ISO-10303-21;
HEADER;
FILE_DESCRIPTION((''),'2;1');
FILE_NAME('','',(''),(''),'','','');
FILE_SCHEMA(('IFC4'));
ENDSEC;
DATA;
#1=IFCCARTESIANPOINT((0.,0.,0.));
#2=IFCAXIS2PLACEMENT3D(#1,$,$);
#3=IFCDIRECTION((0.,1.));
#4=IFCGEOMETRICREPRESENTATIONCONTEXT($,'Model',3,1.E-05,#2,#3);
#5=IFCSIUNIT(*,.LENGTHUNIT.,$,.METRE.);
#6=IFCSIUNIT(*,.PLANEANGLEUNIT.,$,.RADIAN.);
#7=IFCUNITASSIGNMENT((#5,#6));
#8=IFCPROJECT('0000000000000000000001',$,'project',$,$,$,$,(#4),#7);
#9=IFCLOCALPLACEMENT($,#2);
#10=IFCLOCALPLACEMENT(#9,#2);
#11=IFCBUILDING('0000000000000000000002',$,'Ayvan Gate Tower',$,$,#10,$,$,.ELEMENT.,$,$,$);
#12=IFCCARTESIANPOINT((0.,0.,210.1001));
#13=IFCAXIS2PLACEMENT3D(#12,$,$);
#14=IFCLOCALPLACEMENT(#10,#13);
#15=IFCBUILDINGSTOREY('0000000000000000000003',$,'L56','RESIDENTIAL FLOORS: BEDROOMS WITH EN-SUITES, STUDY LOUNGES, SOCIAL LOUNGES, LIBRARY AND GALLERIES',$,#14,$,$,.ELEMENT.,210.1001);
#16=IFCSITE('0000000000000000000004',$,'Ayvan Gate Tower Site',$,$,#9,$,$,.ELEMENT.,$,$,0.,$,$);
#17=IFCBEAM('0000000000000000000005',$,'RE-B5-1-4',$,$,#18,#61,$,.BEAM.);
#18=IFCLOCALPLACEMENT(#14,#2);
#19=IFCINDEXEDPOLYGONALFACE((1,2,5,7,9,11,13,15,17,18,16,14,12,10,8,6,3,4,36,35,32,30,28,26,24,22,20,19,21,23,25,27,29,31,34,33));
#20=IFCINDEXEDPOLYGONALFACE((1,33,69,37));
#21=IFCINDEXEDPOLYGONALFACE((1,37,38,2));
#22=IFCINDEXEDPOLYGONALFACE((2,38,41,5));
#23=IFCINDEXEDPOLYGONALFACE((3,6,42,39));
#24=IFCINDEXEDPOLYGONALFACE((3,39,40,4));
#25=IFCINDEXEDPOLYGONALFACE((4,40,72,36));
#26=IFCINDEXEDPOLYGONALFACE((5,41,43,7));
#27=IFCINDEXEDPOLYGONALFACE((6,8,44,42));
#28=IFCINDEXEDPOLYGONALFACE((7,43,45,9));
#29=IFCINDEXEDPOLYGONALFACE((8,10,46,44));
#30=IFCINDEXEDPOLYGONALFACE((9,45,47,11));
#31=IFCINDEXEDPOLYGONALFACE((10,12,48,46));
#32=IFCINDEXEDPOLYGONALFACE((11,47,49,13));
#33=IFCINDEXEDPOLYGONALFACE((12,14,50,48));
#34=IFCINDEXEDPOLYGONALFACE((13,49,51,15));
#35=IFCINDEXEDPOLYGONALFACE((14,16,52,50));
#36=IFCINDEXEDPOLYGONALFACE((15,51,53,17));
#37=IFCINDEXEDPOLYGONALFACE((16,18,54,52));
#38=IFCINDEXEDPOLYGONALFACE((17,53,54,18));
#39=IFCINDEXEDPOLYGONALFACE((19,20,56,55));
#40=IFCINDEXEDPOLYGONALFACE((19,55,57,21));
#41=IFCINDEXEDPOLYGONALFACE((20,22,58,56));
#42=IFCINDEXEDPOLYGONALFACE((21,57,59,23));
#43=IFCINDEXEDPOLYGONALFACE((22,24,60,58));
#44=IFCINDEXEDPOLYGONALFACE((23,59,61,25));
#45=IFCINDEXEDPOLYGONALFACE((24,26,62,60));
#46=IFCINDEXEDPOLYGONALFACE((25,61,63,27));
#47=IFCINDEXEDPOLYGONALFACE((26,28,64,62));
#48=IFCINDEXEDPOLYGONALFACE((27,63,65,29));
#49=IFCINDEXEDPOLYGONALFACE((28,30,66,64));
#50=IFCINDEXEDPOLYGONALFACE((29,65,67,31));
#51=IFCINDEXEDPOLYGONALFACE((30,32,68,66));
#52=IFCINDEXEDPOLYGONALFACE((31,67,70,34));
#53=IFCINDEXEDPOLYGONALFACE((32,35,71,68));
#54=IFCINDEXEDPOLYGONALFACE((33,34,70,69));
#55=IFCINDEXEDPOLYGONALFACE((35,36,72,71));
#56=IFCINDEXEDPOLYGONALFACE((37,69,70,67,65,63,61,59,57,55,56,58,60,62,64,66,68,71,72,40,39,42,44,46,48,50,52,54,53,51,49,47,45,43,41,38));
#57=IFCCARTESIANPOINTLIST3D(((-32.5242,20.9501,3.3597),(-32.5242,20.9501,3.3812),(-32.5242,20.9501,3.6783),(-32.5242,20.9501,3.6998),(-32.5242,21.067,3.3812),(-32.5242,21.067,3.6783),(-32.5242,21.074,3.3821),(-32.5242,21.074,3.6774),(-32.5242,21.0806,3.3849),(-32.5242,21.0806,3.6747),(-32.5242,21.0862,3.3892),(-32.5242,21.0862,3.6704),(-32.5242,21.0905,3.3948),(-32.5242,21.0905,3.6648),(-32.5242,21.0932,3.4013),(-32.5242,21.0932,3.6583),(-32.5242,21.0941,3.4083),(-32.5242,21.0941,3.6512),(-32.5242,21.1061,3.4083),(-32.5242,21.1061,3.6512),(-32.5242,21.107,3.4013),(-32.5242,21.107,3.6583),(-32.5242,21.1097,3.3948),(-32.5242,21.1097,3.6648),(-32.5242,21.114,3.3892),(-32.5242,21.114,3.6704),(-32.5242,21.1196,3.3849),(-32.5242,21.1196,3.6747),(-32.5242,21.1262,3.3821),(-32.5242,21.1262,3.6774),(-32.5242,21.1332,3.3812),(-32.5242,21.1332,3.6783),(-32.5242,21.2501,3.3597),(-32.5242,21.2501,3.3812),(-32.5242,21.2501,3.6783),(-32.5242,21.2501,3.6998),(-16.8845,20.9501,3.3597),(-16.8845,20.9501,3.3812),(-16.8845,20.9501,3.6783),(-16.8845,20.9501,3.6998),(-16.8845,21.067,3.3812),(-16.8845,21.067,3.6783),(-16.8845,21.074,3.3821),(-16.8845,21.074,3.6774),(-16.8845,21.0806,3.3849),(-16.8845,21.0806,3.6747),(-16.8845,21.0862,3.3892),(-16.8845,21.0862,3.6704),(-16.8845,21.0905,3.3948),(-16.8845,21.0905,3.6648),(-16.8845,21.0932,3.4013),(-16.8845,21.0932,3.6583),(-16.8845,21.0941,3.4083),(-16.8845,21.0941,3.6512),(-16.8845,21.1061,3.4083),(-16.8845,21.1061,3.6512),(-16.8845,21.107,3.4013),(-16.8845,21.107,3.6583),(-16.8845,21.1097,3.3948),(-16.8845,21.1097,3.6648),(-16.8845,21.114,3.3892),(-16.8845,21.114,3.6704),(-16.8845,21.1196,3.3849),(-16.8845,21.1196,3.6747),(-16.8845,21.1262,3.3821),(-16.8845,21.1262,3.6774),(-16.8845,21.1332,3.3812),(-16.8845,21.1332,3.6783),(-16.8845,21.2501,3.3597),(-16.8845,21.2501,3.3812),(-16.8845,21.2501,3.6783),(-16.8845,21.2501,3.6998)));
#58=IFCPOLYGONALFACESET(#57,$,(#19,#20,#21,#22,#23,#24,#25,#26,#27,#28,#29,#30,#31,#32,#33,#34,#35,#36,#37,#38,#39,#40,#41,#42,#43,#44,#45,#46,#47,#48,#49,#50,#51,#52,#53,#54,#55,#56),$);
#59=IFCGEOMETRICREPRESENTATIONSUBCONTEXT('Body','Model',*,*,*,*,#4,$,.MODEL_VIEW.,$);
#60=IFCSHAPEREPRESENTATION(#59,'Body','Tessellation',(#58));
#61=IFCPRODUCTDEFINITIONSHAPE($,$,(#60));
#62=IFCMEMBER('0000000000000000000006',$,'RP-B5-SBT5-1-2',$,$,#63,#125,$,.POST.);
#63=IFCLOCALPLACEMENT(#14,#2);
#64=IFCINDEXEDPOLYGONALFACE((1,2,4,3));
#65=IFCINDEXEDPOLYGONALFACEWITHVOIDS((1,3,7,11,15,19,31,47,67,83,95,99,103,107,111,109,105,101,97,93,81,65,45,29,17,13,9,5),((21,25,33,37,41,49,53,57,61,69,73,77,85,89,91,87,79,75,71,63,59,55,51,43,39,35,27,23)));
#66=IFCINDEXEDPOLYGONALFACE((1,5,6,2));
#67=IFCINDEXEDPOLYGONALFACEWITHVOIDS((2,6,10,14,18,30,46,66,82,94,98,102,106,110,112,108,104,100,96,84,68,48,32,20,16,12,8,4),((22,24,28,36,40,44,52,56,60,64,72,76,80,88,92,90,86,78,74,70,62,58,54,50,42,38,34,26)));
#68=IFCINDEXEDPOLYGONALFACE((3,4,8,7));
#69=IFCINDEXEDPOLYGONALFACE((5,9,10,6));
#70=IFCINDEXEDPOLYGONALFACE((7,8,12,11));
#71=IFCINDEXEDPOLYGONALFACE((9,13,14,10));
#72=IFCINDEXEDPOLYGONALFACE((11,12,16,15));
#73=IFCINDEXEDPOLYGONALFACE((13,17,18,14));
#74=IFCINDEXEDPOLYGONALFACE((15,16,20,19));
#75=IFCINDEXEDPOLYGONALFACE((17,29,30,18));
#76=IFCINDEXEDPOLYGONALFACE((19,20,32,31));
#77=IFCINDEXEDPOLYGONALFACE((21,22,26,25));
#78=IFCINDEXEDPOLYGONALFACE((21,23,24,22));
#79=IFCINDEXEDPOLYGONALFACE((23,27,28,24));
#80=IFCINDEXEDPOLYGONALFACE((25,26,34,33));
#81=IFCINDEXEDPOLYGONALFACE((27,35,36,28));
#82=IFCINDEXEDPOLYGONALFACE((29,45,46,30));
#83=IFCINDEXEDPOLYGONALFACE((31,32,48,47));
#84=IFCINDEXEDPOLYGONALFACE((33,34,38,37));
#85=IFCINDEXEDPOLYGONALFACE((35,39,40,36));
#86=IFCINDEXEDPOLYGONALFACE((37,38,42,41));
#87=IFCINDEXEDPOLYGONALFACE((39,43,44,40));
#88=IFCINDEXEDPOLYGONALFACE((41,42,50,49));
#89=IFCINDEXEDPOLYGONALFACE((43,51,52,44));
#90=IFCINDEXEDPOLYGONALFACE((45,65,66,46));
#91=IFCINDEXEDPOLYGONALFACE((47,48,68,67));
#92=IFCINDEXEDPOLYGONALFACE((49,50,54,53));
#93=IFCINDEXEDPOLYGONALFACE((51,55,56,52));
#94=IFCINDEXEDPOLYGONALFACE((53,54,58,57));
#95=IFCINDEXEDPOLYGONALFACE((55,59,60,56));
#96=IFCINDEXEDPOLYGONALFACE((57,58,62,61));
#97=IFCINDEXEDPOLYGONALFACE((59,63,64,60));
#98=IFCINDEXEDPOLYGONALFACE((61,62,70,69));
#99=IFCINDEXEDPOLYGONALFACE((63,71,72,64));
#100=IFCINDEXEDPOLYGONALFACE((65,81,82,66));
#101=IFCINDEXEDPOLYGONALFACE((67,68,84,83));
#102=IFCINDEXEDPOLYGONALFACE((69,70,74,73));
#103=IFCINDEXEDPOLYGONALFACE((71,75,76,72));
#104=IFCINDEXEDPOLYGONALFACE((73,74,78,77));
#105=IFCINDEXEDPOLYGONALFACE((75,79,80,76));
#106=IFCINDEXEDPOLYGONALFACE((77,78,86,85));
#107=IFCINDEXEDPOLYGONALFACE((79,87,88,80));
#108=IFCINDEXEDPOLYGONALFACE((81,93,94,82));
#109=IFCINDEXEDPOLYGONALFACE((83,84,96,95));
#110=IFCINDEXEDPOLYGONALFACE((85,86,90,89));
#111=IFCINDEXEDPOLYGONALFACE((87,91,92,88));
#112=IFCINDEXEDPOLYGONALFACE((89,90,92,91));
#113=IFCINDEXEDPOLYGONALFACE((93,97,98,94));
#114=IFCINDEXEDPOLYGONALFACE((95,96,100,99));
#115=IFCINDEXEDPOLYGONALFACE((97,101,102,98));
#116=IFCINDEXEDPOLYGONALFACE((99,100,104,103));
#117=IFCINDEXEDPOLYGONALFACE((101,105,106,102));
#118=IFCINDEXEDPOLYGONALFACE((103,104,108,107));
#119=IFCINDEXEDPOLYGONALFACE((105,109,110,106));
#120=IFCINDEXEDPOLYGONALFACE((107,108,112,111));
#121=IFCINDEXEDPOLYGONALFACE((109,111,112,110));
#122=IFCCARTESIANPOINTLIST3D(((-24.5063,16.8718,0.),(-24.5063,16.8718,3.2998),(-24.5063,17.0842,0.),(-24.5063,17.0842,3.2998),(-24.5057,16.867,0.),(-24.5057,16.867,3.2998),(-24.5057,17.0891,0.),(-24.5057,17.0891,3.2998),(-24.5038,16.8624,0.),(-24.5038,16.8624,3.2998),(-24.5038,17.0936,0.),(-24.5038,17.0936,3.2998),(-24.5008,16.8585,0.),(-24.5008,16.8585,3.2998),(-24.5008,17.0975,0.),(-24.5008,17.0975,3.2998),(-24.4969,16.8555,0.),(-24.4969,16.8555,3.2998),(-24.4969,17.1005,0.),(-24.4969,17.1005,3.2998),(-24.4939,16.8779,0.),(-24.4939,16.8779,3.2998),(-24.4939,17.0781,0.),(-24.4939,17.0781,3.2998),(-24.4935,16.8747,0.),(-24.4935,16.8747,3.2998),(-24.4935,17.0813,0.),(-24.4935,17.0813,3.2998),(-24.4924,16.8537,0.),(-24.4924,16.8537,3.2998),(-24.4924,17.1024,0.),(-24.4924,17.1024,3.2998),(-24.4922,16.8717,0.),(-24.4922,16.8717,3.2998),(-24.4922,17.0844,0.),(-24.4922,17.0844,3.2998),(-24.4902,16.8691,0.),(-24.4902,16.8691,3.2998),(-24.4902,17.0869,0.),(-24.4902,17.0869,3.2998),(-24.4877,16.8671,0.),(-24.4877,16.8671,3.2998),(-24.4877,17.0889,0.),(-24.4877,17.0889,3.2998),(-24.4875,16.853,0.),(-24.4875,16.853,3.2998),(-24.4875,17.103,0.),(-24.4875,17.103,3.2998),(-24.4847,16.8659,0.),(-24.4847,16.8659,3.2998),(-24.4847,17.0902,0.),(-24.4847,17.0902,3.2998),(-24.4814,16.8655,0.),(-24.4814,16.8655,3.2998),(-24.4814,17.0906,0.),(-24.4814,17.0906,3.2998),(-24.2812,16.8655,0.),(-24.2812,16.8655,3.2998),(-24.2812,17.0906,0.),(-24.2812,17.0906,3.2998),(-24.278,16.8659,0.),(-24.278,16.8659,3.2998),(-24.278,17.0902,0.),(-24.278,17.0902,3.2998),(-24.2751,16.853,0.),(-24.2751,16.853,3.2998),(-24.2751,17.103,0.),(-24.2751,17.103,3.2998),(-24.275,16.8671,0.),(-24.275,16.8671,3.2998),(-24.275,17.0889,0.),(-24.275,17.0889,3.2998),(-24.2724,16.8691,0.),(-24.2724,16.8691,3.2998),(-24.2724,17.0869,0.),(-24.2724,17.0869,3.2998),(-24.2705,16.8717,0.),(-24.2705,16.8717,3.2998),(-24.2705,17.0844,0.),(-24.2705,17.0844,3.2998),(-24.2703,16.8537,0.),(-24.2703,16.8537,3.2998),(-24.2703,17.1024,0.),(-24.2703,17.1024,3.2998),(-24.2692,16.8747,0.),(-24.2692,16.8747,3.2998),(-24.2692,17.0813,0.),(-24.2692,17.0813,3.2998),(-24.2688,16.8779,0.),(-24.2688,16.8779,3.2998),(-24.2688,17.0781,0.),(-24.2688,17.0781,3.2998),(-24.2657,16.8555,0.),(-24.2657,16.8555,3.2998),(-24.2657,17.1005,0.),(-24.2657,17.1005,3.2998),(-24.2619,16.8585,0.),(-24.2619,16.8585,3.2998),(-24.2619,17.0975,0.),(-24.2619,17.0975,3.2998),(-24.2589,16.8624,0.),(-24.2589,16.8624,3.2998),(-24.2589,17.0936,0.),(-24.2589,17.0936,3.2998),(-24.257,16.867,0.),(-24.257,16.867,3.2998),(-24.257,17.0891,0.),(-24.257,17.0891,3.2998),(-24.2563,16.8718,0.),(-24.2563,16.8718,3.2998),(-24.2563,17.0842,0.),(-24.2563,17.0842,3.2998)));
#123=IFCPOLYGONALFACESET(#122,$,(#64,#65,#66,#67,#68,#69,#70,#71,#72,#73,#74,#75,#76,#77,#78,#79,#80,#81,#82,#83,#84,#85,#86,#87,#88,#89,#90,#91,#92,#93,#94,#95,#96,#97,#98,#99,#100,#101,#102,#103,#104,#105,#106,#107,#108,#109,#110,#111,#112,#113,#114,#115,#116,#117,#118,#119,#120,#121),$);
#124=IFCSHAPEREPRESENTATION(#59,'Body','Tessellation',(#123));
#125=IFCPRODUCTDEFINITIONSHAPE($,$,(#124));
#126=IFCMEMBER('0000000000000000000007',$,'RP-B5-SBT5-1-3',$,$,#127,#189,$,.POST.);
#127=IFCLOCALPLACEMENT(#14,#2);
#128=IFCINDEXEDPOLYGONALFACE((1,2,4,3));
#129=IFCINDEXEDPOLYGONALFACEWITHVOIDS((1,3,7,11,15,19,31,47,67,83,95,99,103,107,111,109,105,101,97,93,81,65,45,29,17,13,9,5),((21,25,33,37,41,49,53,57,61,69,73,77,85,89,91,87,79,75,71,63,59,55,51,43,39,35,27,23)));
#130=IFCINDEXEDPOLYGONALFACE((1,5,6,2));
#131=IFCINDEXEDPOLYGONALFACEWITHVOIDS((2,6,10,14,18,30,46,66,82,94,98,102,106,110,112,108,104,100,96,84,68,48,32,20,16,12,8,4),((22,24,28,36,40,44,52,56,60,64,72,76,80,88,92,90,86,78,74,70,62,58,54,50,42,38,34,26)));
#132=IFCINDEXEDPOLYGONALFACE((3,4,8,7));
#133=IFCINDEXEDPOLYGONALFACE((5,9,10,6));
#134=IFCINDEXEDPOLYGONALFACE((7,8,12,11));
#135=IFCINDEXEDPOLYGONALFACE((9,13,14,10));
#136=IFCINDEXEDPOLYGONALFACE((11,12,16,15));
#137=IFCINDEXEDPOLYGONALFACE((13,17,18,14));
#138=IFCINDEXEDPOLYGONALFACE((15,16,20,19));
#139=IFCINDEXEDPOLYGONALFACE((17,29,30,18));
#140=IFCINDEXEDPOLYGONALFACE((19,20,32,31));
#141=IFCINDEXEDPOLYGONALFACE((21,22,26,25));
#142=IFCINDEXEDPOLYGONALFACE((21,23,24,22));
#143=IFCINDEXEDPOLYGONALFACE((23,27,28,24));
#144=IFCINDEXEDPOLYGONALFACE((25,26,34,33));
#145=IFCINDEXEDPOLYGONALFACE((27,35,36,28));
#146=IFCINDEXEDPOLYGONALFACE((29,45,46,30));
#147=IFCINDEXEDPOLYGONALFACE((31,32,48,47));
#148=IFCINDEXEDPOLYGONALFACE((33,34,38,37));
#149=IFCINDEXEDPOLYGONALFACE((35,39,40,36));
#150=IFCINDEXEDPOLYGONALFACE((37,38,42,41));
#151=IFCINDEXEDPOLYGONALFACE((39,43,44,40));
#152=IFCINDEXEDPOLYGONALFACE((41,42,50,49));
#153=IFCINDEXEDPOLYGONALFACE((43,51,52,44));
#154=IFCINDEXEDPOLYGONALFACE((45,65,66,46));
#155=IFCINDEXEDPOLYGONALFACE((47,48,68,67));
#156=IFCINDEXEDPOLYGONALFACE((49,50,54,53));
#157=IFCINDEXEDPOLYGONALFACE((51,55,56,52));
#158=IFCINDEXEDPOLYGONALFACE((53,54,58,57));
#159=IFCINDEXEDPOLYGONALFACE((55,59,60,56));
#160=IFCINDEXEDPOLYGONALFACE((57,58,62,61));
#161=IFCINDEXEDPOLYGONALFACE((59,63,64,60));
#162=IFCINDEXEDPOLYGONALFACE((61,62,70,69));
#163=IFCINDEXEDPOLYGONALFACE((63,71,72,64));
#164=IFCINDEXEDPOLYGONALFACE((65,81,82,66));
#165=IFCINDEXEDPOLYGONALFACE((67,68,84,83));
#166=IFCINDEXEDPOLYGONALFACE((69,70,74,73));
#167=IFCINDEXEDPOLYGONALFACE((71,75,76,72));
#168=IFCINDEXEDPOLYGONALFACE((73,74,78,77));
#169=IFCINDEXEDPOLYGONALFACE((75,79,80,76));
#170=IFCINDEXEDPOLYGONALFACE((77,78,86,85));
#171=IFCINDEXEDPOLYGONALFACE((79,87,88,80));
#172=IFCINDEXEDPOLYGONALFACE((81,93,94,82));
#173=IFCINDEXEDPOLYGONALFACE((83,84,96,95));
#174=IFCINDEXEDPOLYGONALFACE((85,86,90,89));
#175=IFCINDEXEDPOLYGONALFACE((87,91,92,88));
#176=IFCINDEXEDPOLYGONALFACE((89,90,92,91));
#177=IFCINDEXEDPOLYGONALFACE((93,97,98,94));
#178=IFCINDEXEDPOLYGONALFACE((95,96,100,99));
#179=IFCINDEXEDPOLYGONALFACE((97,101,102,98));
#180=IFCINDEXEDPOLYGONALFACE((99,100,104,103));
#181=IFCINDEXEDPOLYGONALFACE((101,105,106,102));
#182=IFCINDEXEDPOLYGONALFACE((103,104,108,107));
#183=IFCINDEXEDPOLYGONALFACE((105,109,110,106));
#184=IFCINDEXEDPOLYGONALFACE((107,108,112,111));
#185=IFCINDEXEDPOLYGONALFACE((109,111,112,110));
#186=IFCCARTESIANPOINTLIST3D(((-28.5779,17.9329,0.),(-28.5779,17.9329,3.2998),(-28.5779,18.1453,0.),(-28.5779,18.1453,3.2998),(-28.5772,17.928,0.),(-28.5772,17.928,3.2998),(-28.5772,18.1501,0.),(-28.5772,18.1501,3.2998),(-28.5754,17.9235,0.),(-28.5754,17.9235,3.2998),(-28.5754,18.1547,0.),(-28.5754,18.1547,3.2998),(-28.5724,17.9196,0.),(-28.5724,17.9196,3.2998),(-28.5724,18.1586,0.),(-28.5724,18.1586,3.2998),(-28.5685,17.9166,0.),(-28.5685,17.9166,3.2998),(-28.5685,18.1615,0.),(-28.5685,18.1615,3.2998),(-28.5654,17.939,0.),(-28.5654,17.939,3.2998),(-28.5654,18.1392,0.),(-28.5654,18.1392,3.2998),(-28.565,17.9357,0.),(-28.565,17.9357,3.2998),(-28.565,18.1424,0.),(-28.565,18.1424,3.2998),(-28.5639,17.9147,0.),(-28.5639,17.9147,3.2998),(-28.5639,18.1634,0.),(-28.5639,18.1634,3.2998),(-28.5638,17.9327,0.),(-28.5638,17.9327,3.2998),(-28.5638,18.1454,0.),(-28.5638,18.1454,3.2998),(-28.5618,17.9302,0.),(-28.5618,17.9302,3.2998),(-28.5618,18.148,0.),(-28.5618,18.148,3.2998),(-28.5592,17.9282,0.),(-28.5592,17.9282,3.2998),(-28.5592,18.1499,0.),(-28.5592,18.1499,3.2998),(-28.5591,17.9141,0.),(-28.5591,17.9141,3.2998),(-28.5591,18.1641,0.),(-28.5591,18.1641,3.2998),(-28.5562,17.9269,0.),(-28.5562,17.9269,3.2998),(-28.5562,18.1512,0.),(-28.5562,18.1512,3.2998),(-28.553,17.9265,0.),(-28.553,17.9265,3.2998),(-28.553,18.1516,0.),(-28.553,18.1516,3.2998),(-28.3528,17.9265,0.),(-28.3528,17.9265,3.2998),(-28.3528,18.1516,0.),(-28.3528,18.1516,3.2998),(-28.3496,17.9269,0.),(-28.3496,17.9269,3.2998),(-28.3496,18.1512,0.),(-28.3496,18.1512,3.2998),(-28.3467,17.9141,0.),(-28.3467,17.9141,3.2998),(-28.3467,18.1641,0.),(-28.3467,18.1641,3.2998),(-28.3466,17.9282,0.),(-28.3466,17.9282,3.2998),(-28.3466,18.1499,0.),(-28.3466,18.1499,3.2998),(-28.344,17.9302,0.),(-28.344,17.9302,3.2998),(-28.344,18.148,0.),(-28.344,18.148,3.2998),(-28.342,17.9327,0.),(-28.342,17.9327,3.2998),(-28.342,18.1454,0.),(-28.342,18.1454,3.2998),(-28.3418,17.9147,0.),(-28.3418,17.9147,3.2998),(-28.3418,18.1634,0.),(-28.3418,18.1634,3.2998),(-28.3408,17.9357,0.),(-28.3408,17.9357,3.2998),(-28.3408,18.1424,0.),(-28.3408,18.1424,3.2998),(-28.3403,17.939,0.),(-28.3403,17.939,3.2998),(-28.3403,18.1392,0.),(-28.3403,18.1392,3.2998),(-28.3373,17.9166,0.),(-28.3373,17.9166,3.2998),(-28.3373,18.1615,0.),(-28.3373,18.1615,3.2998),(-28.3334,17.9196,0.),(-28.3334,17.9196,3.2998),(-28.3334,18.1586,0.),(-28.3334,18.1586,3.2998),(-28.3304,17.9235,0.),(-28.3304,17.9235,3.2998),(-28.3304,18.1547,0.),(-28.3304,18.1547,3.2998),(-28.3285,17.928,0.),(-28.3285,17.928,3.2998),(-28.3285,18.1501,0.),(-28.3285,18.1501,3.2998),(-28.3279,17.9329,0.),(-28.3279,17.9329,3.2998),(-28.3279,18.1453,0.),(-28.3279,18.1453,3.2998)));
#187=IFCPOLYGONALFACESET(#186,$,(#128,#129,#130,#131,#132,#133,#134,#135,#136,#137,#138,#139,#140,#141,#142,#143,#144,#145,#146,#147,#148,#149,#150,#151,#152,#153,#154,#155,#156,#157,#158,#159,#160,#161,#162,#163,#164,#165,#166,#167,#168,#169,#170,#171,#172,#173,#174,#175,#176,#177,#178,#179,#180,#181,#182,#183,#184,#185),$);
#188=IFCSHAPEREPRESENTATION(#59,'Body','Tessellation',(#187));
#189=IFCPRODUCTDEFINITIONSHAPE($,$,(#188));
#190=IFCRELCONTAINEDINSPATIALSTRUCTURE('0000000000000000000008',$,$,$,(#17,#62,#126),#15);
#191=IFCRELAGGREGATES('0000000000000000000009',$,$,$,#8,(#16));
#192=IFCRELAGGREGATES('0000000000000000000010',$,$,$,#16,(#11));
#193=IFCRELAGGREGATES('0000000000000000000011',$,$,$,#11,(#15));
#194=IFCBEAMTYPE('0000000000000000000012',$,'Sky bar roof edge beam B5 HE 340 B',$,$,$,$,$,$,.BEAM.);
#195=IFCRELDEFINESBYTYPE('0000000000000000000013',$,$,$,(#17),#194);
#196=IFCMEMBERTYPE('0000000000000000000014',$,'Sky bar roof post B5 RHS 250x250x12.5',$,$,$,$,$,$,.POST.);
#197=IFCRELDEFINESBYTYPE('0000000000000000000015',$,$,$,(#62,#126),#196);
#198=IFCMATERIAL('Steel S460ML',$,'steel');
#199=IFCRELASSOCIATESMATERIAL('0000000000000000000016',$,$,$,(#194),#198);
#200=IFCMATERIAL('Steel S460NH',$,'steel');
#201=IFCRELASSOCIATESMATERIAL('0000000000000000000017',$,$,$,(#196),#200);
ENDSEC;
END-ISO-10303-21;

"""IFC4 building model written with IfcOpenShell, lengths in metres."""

from ifc_helpers import new_model, si_unit, direction, frame, origin, origin_2d, place, context, subcontext, project, spatial, hollow_rectangle, i_section, extrude, material, material_profile, profile_set, type_object, element, save


model = new_model("IFC4")

# Units and contexts
model_context = context("Model", 3, precision=1e-05, world=origin(), true_north=direction((0.0, 1.0)))
body_context = subcontext(model_context, "Body", "Model", "MODEL_VIEW")
ifc_project = project(units=[si_unit("LENGTHUNIT", "METRE"), si_unit("PLANEANGLEUNIT", "RADIAN")], contexts=[model_context])

# Site, building, storey
site_placement = place(None, origin())
site = spatial("IfcSite", under=ifc_project, at=site_placement, Name="Ayvan Gate Tower Site", CompositionType="ELEMENT", RefElevation=0.0)
building_placement = place(site_placement, origin())
building = spatial("IfcBuilding", under=site, at=building_placement, Name="Ayvan Gate Tower", CompositionType="ELEMENT")
storey_placement = place(building_placement, frame((0.0, 0.0, 210.1001)))
storey = spatial("IfcBuildingStorey", under=building, at=storey_placement, Name="L56", Description="RESIDENTIAL FLOORS: BEDROOMS WITH EN-SUITES, STUDY LOUNGES, SOCIAL LOUNGES, LIBRARY AND GALLERIES", CompositionType="ELEMENT", Elevation=210.1001)

# Beam
ifc_material_1 = material(Name="Steel S460ML", Category="steel")
ifc_material_profile_1 = material_profile(ifc_material_1, i_section(OverallWidth=0.3, OverallDepth=0.3401, WebThickness=0.012, FlangeThickness=0.0215, FilletRadius=0.0271, at=origin_2d()), Name="HE 340 B")
ifc_profile_set_1 = profile_set([ifc_material_profile_1], Name="Steel S460ML")
beam_type_1 = type_object("IfcBeamType", Name="Sky bar roof edge beam B5 HE 340 B", PredefinedType="BEAM", material=ifc_profile_set_1)
beam_1_placement = place(storey_placement, frame((-32.5242, 21.1001, 3.5298), z_axis=(1.0, 0.0, 0.0), x_axis=(0.0, 1.0, 0.0)))
element("IfcBeam", 1, at=beam_1_placement, inside=storey, type_object=beam_type_1, Name="RE-B5-1-4", PredefinedType="BEAM", context=body_context, shape_type="SweptSolid", body=[
    extrude(i_section(OverallWidth=0.3, OverallDepth=0.3401, WebThickness=0.012, FlangeThickness=0.0215, FilletRadius=0.0271, at=origin_2d()), origin(), (0.0, 0.0, 1.0), 15.6396),
])

# Members
ifc_material_2 = material(Name="Steel S460NH", Category="steel")
ifc_material_profile_2 = material_profile(ifc_material_2, hollow_rectangle(XDim=0.25, YDim=0.25, WallThickness=0.0125, InnerFilletRadius=0.0125, OuterFilletRadius=0.0188, at=origin_2d()), Name="RHS 250x250x12.5")
ifc_profile_set_2 = profile_set([ifc_material_profile_2], Name="Steel S460NH")
member_type_1 = type_object("IfcMemberType", Name="Sky bar roof post B5 RHS 250x250x12.5", PredefinedType="POST", material=ifc_profile_set_2)
for number, where, z_axis, x_axis, name in (
    (2, (-24.3813, 16.978, 0.0), (0.0, 0.0, 1.0), (1.0, 0.0, 0.0), "RP-B5-SBT5-1-2"),
    (3, (-28.4529, 18.0391, 0.0), (0.0, 0.0, 1.0), (1.0, 0.0, 0.0), "RP-B5-SBT5-1-3"),
):
    element("IfcMember", number, at=place(storey_placement, frame(where, z_axis=z_axis, x_axis=x_axis)), inside=storey, type_object=member_type_1, Name=name, PredefinedType="POST", context=body_context, shape_type="SweptSolid", body=[
        extrude(hollow_rectangle(XDim=0.25, YDim=0.25, WallThickness=0.0125, InnerFilletRadius=0.0125, OuterFilletRadius=0.0188, at=origin_2d()), origin(), (0.0, 0.0, 1.0), 3.2998),
    ])

save(model, "model.ifc")
